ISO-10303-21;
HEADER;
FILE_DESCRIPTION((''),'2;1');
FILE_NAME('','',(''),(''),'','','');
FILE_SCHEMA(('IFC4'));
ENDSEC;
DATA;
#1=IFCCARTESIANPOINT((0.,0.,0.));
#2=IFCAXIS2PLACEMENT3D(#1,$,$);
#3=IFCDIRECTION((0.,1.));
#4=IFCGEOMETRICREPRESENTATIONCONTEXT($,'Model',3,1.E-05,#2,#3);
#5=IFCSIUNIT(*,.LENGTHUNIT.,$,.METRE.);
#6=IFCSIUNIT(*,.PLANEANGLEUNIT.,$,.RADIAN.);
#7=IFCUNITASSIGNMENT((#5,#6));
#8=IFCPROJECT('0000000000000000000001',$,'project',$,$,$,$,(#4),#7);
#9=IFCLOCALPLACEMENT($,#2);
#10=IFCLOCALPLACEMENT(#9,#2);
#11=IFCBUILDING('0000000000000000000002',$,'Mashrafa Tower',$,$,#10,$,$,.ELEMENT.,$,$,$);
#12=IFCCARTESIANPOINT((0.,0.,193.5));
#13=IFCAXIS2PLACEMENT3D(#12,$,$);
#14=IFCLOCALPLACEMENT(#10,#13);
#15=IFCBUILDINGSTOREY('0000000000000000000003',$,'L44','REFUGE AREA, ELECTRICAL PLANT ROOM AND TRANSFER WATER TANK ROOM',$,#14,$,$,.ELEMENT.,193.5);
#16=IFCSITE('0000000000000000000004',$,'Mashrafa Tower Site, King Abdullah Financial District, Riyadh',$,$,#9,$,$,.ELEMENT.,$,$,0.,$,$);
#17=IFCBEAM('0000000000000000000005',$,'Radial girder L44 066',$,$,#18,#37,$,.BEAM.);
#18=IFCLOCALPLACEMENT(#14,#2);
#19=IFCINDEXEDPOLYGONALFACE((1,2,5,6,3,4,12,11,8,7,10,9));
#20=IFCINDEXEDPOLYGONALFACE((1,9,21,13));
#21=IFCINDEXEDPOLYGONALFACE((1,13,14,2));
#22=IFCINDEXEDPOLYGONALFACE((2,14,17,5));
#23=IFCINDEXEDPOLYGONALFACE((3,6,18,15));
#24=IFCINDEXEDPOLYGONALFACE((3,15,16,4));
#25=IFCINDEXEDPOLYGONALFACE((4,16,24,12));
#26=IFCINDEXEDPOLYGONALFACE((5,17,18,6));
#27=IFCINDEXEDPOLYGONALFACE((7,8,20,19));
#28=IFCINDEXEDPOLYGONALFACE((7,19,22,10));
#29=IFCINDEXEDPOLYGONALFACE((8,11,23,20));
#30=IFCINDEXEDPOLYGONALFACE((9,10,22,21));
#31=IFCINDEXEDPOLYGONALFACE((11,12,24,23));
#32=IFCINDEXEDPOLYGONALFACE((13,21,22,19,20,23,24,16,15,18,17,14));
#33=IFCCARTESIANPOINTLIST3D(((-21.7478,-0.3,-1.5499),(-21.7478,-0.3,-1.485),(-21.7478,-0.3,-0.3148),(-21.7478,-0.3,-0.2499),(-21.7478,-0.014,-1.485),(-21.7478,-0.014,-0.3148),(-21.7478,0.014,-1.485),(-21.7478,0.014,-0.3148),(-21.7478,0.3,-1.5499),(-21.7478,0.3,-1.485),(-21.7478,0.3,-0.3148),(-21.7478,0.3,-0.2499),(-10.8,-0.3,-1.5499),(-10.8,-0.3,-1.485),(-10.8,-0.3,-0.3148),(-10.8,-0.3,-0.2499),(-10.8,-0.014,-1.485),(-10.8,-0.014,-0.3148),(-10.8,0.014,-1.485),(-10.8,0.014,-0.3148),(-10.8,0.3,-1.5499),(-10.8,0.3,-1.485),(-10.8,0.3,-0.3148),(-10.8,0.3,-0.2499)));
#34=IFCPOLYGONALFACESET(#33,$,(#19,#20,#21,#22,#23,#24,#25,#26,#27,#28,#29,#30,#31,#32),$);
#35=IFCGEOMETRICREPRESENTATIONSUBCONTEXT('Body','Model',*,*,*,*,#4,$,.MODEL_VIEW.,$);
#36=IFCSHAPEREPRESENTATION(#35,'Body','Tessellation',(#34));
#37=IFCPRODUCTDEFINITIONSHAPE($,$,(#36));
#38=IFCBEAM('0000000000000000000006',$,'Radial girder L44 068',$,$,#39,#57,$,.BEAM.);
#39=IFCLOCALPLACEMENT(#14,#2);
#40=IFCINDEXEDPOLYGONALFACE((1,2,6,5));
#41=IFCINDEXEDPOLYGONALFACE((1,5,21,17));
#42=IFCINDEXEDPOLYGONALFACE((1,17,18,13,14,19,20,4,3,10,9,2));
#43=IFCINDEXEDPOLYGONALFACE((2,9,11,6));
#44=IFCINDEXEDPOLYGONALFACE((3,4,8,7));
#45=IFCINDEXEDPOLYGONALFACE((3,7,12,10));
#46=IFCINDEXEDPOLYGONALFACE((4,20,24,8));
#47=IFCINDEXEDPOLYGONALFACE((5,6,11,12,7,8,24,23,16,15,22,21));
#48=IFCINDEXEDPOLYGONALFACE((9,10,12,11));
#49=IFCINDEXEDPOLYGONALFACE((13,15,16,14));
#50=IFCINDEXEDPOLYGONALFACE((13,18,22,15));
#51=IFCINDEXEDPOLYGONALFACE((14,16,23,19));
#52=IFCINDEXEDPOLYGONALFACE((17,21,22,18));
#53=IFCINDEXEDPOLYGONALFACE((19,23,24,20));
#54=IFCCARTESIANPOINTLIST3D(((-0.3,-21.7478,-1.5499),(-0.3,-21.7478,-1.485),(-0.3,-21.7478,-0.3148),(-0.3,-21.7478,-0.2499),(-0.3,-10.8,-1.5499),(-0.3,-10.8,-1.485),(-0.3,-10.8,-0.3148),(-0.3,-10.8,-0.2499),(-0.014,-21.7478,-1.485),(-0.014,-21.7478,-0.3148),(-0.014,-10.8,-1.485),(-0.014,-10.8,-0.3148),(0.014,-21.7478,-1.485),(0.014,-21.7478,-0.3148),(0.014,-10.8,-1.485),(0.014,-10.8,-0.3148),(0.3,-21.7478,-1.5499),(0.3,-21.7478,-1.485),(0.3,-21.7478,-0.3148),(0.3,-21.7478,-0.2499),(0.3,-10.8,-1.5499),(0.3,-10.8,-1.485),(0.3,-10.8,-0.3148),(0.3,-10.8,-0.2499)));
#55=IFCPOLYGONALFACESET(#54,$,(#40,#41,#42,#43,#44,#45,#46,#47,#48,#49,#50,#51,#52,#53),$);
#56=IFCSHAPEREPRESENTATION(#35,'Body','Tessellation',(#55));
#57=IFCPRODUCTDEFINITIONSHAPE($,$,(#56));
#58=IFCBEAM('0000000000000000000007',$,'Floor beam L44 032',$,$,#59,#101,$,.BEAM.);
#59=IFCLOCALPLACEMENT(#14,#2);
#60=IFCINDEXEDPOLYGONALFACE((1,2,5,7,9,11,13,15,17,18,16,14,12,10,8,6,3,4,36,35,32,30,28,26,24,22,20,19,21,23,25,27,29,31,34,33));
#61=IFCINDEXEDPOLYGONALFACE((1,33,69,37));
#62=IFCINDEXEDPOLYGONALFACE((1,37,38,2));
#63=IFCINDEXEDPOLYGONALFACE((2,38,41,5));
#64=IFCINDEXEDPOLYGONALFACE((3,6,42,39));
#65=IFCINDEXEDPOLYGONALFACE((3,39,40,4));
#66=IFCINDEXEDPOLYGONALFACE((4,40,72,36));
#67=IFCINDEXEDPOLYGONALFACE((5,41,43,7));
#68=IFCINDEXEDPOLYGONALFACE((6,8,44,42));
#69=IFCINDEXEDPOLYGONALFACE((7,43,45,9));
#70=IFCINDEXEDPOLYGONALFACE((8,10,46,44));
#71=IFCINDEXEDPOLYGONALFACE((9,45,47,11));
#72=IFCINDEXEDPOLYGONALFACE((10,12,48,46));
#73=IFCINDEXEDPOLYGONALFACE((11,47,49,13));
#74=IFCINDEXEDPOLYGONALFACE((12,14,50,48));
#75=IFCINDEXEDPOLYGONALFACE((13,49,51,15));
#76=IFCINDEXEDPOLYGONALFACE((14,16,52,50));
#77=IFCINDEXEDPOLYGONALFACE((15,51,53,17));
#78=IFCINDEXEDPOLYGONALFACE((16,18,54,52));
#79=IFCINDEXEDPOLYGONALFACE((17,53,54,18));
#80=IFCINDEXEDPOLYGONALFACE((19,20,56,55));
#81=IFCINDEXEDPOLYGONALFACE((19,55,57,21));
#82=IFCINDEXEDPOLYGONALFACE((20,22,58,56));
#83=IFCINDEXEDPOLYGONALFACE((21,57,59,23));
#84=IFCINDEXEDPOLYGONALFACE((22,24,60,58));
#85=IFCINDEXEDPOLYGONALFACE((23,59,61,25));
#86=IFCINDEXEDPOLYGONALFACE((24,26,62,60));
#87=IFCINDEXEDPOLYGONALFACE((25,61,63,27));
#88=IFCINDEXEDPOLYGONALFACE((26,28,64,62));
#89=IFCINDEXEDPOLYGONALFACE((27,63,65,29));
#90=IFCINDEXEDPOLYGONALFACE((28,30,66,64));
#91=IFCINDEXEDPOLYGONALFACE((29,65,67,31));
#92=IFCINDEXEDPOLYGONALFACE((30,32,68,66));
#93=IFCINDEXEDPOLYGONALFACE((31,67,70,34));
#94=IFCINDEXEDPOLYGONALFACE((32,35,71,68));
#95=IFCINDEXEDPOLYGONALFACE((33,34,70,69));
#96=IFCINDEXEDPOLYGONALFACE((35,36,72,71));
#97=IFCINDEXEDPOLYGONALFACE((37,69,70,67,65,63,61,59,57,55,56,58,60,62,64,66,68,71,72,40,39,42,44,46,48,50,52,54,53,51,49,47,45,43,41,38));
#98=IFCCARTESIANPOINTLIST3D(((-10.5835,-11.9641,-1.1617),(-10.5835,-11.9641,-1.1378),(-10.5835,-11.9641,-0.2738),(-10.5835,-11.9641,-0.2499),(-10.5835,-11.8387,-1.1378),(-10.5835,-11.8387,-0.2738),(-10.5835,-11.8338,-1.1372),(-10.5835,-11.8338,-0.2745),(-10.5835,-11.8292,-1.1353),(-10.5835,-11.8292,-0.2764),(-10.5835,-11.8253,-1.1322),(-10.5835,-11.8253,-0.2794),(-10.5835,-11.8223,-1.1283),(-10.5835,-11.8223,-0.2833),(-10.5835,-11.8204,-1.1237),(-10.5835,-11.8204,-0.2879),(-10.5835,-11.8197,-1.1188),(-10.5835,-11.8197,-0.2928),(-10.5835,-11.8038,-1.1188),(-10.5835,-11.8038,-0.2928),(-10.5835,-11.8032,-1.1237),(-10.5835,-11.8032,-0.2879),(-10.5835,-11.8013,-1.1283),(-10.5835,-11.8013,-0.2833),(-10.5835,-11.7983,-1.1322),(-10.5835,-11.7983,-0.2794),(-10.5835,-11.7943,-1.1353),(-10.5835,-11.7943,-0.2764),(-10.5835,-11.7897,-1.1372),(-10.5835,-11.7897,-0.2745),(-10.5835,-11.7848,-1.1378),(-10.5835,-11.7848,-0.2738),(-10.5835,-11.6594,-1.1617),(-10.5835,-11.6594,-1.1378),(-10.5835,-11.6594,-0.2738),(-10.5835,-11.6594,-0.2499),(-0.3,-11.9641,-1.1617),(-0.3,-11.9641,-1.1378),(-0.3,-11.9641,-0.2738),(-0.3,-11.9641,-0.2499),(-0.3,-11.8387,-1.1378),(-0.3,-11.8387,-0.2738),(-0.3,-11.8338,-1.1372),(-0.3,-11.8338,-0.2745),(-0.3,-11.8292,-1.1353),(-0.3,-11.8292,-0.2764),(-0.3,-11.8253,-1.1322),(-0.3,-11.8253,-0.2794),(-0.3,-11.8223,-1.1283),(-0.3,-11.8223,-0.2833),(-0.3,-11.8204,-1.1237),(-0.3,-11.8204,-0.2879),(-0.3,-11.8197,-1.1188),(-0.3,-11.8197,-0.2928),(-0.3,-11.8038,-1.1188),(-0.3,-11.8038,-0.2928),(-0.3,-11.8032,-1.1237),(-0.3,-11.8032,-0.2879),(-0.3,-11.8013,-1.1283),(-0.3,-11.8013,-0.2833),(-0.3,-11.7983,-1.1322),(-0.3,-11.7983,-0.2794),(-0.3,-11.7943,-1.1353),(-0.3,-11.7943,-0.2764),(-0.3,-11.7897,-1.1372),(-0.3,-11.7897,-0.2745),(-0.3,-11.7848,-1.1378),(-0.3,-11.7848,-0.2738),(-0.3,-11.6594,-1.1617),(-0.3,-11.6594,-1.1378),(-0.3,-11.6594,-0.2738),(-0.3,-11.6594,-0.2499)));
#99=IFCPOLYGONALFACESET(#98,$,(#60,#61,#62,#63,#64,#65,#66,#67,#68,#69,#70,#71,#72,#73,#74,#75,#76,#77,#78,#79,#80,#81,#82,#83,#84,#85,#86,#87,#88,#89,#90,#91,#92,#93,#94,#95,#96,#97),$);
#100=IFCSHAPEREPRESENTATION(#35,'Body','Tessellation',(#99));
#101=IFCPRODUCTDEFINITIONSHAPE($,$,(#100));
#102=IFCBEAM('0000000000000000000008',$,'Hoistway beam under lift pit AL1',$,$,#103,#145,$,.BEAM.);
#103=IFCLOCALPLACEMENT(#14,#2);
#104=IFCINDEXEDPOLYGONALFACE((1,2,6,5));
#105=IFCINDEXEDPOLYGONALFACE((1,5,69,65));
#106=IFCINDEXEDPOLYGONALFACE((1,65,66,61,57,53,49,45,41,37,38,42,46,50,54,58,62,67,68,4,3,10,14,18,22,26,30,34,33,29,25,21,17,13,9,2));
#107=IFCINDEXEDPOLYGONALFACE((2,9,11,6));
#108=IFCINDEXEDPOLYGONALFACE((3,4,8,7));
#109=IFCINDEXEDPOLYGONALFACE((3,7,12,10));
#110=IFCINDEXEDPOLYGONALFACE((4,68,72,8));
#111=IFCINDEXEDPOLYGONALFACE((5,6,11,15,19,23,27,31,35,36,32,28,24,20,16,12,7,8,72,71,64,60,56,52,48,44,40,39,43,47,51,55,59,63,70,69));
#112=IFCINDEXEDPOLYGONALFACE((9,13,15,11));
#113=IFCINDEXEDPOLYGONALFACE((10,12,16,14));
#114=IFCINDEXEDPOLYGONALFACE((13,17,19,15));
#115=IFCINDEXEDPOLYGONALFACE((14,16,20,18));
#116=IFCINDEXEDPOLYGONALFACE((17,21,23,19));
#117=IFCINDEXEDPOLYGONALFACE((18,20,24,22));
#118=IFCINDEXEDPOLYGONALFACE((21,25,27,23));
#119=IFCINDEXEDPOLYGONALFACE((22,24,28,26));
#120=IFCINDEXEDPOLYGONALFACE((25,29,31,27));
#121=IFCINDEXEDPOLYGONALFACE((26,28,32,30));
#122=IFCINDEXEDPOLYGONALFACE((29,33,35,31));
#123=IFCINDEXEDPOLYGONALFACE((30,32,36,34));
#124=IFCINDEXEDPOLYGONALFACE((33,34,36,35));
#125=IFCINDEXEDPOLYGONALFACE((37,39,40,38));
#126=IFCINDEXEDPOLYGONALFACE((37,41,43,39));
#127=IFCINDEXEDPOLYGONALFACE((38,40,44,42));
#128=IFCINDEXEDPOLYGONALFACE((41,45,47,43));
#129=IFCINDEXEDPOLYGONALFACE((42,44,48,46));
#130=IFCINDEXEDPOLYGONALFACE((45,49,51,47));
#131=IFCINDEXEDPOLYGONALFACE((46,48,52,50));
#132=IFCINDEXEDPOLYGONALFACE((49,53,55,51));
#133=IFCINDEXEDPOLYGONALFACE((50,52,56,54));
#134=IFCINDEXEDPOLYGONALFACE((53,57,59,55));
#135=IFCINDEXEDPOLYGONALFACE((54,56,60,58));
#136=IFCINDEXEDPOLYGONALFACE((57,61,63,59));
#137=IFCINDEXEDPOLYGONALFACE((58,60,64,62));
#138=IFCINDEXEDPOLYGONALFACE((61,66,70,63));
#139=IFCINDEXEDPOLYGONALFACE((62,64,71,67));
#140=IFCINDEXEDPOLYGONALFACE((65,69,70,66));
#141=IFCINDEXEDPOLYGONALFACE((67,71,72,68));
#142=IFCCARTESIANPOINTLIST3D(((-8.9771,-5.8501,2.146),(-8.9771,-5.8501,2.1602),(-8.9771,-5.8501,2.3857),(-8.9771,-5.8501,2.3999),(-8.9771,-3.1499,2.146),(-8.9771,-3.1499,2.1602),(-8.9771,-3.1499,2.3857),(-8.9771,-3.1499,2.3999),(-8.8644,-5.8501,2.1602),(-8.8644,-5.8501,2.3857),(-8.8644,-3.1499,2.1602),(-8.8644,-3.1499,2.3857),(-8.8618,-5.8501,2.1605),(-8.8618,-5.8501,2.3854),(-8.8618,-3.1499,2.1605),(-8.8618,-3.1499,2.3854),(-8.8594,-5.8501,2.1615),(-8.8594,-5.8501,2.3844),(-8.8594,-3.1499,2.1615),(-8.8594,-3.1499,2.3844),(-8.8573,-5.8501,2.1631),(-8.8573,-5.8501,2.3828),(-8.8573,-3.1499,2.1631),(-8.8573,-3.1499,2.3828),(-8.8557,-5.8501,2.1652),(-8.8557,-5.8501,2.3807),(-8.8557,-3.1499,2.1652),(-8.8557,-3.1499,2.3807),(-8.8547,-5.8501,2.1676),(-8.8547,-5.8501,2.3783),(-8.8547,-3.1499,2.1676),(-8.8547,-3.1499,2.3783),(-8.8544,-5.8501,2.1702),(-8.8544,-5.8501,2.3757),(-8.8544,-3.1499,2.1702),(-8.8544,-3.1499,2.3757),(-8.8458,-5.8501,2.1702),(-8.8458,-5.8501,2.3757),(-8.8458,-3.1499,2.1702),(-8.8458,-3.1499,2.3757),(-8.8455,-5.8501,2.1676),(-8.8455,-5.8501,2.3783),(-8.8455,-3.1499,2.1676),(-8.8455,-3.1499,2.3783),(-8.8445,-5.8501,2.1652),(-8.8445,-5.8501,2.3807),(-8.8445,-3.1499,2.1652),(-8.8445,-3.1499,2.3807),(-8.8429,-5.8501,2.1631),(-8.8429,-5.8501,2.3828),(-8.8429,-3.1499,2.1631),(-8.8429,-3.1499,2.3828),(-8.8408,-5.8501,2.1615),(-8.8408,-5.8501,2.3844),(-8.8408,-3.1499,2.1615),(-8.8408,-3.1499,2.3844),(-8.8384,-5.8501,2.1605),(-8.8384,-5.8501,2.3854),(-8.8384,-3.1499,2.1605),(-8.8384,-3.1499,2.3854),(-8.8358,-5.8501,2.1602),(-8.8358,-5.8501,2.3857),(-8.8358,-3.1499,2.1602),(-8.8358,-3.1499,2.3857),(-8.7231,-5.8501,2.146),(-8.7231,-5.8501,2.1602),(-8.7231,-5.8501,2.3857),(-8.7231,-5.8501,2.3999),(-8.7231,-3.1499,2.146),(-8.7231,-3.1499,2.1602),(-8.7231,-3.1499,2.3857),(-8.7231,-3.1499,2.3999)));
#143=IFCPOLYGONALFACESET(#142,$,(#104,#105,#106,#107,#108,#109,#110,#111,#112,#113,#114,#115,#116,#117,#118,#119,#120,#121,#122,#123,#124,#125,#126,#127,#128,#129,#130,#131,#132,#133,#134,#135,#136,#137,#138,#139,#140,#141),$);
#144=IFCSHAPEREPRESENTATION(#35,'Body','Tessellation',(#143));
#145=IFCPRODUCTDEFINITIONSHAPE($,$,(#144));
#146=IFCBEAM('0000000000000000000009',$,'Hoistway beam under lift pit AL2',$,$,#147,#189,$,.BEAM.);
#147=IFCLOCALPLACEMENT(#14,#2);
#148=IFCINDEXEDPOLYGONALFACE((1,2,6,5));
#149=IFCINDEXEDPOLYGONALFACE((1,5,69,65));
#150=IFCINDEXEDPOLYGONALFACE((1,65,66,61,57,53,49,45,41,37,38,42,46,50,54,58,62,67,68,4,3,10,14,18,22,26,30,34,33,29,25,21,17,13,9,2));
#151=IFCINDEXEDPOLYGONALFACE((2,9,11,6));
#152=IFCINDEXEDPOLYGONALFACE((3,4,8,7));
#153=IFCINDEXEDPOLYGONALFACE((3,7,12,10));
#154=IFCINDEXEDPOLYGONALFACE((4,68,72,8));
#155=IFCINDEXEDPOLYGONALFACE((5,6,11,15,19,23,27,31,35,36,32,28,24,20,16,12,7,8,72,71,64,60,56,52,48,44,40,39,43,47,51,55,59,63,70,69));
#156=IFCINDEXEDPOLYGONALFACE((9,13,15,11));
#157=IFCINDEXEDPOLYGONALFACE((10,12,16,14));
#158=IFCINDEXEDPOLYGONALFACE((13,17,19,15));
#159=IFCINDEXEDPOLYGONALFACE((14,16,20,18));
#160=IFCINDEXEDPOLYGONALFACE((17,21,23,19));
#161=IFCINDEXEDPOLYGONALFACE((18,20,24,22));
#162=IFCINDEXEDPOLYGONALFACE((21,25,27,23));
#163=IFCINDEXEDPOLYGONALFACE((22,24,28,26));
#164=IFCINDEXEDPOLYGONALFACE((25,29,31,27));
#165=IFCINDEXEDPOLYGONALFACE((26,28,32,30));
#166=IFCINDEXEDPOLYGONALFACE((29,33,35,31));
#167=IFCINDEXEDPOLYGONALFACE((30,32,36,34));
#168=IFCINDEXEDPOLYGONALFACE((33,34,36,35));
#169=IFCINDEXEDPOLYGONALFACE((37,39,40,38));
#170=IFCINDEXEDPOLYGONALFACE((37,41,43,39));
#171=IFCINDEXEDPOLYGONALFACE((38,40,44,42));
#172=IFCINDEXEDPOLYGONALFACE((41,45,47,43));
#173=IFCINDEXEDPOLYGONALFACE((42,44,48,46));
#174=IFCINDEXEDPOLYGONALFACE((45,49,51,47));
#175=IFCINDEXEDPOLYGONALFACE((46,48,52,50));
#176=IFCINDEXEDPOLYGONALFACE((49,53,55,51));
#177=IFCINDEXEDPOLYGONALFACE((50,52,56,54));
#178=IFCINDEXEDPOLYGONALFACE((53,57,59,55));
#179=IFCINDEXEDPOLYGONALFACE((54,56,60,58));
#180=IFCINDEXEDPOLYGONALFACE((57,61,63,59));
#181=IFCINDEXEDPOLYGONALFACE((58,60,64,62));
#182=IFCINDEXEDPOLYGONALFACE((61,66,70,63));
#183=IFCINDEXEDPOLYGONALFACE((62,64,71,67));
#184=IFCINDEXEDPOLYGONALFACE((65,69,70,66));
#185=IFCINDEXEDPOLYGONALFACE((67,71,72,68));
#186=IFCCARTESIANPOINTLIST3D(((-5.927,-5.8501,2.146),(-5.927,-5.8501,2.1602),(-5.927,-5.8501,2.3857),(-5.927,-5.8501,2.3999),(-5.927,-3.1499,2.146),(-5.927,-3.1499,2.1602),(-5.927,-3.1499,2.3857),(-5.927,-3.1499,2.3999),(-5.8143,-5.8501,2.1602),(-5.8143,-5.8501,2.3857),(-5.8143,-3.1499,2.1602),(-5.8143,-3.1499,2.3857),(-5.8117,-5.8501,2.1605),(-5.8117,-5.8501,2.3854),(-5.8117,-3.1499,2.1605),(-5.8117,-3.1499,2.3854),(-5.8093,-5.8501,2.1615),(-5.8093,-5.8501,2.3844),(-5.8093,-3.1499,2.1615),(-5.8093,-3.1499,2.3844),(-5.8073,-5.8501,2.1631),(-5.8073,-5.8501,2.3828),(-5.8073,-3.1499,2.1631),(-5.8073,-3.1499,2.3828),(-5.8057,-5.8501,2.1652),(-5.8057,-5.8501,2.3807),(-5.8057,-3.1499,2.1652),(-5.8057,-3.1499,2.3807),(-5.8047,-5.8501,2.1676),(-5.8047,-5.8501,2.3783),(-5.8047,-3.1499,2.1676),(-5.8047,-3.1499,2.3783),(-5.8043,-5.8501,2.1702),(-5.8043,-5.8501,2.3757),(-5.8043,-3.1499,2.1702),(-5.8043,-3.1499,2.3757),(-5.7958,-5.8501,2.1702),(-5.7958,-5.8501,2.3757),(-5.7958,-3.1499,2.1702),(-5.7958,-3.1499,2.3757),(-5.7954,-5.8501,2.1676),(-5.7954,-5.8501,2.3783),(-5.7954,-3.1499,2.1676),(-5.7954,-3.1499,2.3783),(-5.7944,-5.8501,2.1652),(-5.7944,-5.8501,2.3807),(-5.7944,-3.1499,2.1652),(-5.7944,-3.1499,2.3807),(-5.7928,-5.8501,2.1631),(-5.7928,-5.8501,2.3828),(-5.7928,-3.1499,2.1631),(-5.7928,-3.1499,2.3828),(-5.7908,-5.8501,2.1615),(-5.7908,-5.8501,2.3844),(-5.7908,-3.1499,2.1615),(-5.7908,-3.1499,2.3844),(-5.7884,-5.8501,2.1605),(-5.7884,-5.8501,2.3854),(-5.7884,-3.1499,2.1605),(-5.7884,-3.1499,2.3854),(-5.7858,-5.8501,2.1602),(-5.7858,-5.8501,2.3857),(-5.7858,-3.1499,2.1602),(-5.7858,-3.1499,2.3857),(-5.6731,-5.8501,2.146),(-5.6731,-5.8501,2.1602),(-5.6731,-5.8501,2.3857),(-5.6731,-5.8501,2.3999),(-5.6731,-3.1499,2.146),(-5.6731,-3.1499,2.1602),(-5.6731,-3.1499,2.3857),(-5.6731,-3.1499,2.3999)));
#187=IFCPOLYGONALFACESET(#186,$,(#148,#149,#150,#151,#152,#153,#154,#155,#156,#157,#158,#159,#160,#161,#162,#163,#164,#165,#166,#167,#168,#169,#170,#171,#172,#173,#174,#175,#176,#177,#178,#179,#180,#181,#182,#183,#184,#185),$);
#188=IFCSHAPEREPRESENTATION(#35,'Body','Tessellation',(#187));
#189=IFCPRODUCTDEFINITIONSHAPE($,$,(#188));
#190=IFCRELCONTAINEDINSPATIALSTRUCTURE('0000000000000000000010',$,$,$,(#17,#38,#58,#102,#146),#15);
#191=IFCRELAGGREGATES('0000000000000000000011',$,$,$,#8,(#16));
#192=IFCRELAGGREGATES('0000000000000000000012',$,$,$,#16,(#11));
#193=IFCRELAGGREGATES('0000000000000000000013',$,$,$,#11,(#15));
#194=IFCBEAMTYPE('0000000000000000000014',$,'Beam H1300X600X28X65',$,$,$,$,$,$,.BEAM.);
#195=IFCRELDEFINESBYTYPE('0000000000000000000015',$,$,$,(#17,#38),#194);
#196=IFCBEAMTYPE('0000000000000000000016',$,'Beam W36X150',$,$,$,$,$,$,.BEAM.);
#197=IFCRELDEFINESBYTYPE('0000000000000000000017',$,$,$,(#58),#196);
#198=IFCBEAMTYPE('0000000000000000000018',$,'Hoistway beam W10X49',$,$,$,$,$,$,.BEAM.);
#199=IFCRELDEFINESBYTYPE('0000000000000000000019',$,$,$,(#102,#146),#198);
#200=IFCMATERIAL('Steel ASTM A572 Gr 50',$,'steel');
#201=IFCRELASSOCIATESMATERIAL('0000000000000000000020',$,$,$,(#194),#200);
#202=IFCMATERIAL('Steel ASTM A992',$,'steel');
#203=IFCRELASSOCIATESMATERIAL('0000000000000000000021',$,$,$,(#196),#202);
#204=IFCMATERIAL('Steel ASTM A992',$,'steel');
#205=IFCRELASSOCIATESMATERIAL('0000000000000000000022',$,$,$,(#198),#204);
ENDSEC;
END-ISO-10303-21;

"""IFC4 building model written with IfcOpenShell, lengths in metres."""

from ifc_helpers import new_model, si_unit, direction, frame, origin, origin_2d, place, context, subcontext, project, spatial, i_section, extrude, material, material_profile, profile_set, type_object, element, save


model = new_model("IFC4")

# Units and contexts
model_context = context("Model", 3, precision=1e-05, world=origin(), true_north=direction((0.0, 1.0)))
body_context = subcontext(model_context, "Body", "Model", "MODEL_VIEW")
ifc_project = project(units=[si_unit("LENGTHUNIT", "METRE"), si_unit("PLANEANGLEUNIT", "RADIAN")], contexts=[model_context])

# Site, building, storey
site_placement = place(None, origin())
site = spatial("IfcSite", under=ifc_project, at=site_placement, Name="Mashrafa Tower Site, King Abdullah Financial District, Riyadh", CompositionType="ELEMENT", RefElevation=0.0)
building_placement = place(site_placement, origin())
building = spatial("IfcBuilding", under=site, at=building_placement, Name="Mashrafa Tower", CompositionType="ELEMENT")
storey_placement = place(building_placement, frame((0.0, 0.0, 193.5)))
storey = spatial("IfcBuildingStorey", under=building, at=storey_placement, Name="L44", Description="REFUGE AREA, ELECTRICAL PLANT ROOM AND TRANSFER WATER TANK ROOM", CompositionType="ELEMENT", Elevation=193.5)

# Beams
ifc_material_1 = material(Name="Steel ASTM A572 Gr 50", Category="steel")
ifc_material_profile_1 = material_profile(ifc_material_1, i_section(OverallWidth=0.6001, OverallDepth=1.3, WebThickness=0.0281, FlangeThickness=0.0649, at=origin_2d()), Name="H1300X600X28X65")
ifc_profile_set_1 = profile_set([ifc_material_profile_1], Name="Steel ASTM A572 Gr 50")
beam_type_1 = type_object("IfcBeamType", Name="Beam H1300X600X28X65", PredefinedType="BEAM", material=ifc_profile_set_1)
for number, where, z_axis, x_axis, name in (
    (1, (-10.8, 0.0, -0.8999), (-1.0, 0.0, 0.0), (0.0, -1.0, 0.0), "Radial girder L44 066"),
    (2, (0.0, -10.8, -0.8999), (0.0, -1.0, 0.0), (1.0, 0.0, 0.0), "Radial girder L44 068"),
):
    element("IfcBeam", number, at=place(storey_placement, frame(where, z_axis=z_axis, x_axis=x_axis)), inside=storey, type_object=beam_type_1, Name=name, PredefinedType="BEAM", context=body_context, shape_type="SweptSolid", body=[
        extrude(i_section(OverallWidth=0.6001, OverallDepth=1.3, WebThickness=0.0281, FlangeThickness=0.0649, at=origin_2d()), origin(), (0.0, 0.0, 1.0), 10.9478),
    ])
ifc_material_2 = material(Name="Steel ASTM A992", Category="steel")
ifc_material_profile_2 = material_profile(ifc_material_2, i_section(OverallWidth=0.3047, OverallDepth=0.9119, WebThickness=0.0159, FlangeThickness=0.0239, FilletRadius=0.019, at=origin_2d()), Name="W36X150")
ifc_profile_set_2 = profile_set([ifc_material_profile_2], Name="Steel ASTM A992")
beam_type_2 = type_object("IfcBeamType", Name="Beam W36X150", PredefinedType="BEAM", material=ifc_profile_set_2)
beam_1_placement = place(storey_placement, frame((-0.3, -11.8118, -0.7058), z_axis=(-1.0, 0.0, 0.0), x_axis=(0.0, -1.0, 0.0)))
element("IfcBeam", 3, at=beam_1_placement, inside=storey, type_object=beam_type_2, Name="Floor beam L44 032", PredefinedType="BEAM", context=body_context, shape_type="SweptSolid", body=[
    extrude(i_section(OverallWidth=0.3047, OverallDepth=0.9119, WebThickness=0.0159, FlangeThickness=0.0239, FilletRadius=0.019, at=origin_2d()), origin(), (0.0, 0.0, 1.0), 10.2834),
])
ifc_material_3 = material(Name="Steel ASTM A992", Category="steel")
ifc_material_profile_3 = material_profile(ifc_material_3, i_section(OverallWidth=0.2539, OverallDepth=0.2539, WebThickness=0.0085, FlangeThickness=0.0142, FilletRadius=0.01, at=origin_2d()), Name="W10X49")
ifc_profile_set_3 = profile_set([ifc_material_profile_3], Name="Steel ASTM A992")
beam_type_3 = type_object("IfcBeamType", Name="Hoistway beam W10X49", PredefinedType="BEAM", material=ifc_profile_set_3)
for number, where, z_axis, x_axis, name in (
    (4, (-8.8501, -5.8501, 2.2729), (0.0, 1.0, 0.0), (-1.0, 0.0, 0.0), "Hoistway beam under lift pit AL1"),
    (5, (-5.8, -5.8501, 2.2729), (0.0, 1.0, 0.0), (-1.0, 0.0, 0.0), "Hoistway beam under lift pit AL2"),
):
    element("IfcBeam", number, at=place(storey_placement, frame(where, z_axis=z_axis, x_axis=x_axis)), inside=storey, type_object=beam_type_3, Name=name, PredefinedType="BEAM", context=body_context, shape_type="SweptSolid", body=[
        extrude(i_section(OverallWidth=0.2539, OverallDepth=0.2539, WebThickness=0.0085, FlangeThickness=0.0142, FilletRadius=0.01, at=origin_2d()), origin(), (0.0, 0.0, 1.0), 2.7002),
    ])

save(model, "model.ifc")
